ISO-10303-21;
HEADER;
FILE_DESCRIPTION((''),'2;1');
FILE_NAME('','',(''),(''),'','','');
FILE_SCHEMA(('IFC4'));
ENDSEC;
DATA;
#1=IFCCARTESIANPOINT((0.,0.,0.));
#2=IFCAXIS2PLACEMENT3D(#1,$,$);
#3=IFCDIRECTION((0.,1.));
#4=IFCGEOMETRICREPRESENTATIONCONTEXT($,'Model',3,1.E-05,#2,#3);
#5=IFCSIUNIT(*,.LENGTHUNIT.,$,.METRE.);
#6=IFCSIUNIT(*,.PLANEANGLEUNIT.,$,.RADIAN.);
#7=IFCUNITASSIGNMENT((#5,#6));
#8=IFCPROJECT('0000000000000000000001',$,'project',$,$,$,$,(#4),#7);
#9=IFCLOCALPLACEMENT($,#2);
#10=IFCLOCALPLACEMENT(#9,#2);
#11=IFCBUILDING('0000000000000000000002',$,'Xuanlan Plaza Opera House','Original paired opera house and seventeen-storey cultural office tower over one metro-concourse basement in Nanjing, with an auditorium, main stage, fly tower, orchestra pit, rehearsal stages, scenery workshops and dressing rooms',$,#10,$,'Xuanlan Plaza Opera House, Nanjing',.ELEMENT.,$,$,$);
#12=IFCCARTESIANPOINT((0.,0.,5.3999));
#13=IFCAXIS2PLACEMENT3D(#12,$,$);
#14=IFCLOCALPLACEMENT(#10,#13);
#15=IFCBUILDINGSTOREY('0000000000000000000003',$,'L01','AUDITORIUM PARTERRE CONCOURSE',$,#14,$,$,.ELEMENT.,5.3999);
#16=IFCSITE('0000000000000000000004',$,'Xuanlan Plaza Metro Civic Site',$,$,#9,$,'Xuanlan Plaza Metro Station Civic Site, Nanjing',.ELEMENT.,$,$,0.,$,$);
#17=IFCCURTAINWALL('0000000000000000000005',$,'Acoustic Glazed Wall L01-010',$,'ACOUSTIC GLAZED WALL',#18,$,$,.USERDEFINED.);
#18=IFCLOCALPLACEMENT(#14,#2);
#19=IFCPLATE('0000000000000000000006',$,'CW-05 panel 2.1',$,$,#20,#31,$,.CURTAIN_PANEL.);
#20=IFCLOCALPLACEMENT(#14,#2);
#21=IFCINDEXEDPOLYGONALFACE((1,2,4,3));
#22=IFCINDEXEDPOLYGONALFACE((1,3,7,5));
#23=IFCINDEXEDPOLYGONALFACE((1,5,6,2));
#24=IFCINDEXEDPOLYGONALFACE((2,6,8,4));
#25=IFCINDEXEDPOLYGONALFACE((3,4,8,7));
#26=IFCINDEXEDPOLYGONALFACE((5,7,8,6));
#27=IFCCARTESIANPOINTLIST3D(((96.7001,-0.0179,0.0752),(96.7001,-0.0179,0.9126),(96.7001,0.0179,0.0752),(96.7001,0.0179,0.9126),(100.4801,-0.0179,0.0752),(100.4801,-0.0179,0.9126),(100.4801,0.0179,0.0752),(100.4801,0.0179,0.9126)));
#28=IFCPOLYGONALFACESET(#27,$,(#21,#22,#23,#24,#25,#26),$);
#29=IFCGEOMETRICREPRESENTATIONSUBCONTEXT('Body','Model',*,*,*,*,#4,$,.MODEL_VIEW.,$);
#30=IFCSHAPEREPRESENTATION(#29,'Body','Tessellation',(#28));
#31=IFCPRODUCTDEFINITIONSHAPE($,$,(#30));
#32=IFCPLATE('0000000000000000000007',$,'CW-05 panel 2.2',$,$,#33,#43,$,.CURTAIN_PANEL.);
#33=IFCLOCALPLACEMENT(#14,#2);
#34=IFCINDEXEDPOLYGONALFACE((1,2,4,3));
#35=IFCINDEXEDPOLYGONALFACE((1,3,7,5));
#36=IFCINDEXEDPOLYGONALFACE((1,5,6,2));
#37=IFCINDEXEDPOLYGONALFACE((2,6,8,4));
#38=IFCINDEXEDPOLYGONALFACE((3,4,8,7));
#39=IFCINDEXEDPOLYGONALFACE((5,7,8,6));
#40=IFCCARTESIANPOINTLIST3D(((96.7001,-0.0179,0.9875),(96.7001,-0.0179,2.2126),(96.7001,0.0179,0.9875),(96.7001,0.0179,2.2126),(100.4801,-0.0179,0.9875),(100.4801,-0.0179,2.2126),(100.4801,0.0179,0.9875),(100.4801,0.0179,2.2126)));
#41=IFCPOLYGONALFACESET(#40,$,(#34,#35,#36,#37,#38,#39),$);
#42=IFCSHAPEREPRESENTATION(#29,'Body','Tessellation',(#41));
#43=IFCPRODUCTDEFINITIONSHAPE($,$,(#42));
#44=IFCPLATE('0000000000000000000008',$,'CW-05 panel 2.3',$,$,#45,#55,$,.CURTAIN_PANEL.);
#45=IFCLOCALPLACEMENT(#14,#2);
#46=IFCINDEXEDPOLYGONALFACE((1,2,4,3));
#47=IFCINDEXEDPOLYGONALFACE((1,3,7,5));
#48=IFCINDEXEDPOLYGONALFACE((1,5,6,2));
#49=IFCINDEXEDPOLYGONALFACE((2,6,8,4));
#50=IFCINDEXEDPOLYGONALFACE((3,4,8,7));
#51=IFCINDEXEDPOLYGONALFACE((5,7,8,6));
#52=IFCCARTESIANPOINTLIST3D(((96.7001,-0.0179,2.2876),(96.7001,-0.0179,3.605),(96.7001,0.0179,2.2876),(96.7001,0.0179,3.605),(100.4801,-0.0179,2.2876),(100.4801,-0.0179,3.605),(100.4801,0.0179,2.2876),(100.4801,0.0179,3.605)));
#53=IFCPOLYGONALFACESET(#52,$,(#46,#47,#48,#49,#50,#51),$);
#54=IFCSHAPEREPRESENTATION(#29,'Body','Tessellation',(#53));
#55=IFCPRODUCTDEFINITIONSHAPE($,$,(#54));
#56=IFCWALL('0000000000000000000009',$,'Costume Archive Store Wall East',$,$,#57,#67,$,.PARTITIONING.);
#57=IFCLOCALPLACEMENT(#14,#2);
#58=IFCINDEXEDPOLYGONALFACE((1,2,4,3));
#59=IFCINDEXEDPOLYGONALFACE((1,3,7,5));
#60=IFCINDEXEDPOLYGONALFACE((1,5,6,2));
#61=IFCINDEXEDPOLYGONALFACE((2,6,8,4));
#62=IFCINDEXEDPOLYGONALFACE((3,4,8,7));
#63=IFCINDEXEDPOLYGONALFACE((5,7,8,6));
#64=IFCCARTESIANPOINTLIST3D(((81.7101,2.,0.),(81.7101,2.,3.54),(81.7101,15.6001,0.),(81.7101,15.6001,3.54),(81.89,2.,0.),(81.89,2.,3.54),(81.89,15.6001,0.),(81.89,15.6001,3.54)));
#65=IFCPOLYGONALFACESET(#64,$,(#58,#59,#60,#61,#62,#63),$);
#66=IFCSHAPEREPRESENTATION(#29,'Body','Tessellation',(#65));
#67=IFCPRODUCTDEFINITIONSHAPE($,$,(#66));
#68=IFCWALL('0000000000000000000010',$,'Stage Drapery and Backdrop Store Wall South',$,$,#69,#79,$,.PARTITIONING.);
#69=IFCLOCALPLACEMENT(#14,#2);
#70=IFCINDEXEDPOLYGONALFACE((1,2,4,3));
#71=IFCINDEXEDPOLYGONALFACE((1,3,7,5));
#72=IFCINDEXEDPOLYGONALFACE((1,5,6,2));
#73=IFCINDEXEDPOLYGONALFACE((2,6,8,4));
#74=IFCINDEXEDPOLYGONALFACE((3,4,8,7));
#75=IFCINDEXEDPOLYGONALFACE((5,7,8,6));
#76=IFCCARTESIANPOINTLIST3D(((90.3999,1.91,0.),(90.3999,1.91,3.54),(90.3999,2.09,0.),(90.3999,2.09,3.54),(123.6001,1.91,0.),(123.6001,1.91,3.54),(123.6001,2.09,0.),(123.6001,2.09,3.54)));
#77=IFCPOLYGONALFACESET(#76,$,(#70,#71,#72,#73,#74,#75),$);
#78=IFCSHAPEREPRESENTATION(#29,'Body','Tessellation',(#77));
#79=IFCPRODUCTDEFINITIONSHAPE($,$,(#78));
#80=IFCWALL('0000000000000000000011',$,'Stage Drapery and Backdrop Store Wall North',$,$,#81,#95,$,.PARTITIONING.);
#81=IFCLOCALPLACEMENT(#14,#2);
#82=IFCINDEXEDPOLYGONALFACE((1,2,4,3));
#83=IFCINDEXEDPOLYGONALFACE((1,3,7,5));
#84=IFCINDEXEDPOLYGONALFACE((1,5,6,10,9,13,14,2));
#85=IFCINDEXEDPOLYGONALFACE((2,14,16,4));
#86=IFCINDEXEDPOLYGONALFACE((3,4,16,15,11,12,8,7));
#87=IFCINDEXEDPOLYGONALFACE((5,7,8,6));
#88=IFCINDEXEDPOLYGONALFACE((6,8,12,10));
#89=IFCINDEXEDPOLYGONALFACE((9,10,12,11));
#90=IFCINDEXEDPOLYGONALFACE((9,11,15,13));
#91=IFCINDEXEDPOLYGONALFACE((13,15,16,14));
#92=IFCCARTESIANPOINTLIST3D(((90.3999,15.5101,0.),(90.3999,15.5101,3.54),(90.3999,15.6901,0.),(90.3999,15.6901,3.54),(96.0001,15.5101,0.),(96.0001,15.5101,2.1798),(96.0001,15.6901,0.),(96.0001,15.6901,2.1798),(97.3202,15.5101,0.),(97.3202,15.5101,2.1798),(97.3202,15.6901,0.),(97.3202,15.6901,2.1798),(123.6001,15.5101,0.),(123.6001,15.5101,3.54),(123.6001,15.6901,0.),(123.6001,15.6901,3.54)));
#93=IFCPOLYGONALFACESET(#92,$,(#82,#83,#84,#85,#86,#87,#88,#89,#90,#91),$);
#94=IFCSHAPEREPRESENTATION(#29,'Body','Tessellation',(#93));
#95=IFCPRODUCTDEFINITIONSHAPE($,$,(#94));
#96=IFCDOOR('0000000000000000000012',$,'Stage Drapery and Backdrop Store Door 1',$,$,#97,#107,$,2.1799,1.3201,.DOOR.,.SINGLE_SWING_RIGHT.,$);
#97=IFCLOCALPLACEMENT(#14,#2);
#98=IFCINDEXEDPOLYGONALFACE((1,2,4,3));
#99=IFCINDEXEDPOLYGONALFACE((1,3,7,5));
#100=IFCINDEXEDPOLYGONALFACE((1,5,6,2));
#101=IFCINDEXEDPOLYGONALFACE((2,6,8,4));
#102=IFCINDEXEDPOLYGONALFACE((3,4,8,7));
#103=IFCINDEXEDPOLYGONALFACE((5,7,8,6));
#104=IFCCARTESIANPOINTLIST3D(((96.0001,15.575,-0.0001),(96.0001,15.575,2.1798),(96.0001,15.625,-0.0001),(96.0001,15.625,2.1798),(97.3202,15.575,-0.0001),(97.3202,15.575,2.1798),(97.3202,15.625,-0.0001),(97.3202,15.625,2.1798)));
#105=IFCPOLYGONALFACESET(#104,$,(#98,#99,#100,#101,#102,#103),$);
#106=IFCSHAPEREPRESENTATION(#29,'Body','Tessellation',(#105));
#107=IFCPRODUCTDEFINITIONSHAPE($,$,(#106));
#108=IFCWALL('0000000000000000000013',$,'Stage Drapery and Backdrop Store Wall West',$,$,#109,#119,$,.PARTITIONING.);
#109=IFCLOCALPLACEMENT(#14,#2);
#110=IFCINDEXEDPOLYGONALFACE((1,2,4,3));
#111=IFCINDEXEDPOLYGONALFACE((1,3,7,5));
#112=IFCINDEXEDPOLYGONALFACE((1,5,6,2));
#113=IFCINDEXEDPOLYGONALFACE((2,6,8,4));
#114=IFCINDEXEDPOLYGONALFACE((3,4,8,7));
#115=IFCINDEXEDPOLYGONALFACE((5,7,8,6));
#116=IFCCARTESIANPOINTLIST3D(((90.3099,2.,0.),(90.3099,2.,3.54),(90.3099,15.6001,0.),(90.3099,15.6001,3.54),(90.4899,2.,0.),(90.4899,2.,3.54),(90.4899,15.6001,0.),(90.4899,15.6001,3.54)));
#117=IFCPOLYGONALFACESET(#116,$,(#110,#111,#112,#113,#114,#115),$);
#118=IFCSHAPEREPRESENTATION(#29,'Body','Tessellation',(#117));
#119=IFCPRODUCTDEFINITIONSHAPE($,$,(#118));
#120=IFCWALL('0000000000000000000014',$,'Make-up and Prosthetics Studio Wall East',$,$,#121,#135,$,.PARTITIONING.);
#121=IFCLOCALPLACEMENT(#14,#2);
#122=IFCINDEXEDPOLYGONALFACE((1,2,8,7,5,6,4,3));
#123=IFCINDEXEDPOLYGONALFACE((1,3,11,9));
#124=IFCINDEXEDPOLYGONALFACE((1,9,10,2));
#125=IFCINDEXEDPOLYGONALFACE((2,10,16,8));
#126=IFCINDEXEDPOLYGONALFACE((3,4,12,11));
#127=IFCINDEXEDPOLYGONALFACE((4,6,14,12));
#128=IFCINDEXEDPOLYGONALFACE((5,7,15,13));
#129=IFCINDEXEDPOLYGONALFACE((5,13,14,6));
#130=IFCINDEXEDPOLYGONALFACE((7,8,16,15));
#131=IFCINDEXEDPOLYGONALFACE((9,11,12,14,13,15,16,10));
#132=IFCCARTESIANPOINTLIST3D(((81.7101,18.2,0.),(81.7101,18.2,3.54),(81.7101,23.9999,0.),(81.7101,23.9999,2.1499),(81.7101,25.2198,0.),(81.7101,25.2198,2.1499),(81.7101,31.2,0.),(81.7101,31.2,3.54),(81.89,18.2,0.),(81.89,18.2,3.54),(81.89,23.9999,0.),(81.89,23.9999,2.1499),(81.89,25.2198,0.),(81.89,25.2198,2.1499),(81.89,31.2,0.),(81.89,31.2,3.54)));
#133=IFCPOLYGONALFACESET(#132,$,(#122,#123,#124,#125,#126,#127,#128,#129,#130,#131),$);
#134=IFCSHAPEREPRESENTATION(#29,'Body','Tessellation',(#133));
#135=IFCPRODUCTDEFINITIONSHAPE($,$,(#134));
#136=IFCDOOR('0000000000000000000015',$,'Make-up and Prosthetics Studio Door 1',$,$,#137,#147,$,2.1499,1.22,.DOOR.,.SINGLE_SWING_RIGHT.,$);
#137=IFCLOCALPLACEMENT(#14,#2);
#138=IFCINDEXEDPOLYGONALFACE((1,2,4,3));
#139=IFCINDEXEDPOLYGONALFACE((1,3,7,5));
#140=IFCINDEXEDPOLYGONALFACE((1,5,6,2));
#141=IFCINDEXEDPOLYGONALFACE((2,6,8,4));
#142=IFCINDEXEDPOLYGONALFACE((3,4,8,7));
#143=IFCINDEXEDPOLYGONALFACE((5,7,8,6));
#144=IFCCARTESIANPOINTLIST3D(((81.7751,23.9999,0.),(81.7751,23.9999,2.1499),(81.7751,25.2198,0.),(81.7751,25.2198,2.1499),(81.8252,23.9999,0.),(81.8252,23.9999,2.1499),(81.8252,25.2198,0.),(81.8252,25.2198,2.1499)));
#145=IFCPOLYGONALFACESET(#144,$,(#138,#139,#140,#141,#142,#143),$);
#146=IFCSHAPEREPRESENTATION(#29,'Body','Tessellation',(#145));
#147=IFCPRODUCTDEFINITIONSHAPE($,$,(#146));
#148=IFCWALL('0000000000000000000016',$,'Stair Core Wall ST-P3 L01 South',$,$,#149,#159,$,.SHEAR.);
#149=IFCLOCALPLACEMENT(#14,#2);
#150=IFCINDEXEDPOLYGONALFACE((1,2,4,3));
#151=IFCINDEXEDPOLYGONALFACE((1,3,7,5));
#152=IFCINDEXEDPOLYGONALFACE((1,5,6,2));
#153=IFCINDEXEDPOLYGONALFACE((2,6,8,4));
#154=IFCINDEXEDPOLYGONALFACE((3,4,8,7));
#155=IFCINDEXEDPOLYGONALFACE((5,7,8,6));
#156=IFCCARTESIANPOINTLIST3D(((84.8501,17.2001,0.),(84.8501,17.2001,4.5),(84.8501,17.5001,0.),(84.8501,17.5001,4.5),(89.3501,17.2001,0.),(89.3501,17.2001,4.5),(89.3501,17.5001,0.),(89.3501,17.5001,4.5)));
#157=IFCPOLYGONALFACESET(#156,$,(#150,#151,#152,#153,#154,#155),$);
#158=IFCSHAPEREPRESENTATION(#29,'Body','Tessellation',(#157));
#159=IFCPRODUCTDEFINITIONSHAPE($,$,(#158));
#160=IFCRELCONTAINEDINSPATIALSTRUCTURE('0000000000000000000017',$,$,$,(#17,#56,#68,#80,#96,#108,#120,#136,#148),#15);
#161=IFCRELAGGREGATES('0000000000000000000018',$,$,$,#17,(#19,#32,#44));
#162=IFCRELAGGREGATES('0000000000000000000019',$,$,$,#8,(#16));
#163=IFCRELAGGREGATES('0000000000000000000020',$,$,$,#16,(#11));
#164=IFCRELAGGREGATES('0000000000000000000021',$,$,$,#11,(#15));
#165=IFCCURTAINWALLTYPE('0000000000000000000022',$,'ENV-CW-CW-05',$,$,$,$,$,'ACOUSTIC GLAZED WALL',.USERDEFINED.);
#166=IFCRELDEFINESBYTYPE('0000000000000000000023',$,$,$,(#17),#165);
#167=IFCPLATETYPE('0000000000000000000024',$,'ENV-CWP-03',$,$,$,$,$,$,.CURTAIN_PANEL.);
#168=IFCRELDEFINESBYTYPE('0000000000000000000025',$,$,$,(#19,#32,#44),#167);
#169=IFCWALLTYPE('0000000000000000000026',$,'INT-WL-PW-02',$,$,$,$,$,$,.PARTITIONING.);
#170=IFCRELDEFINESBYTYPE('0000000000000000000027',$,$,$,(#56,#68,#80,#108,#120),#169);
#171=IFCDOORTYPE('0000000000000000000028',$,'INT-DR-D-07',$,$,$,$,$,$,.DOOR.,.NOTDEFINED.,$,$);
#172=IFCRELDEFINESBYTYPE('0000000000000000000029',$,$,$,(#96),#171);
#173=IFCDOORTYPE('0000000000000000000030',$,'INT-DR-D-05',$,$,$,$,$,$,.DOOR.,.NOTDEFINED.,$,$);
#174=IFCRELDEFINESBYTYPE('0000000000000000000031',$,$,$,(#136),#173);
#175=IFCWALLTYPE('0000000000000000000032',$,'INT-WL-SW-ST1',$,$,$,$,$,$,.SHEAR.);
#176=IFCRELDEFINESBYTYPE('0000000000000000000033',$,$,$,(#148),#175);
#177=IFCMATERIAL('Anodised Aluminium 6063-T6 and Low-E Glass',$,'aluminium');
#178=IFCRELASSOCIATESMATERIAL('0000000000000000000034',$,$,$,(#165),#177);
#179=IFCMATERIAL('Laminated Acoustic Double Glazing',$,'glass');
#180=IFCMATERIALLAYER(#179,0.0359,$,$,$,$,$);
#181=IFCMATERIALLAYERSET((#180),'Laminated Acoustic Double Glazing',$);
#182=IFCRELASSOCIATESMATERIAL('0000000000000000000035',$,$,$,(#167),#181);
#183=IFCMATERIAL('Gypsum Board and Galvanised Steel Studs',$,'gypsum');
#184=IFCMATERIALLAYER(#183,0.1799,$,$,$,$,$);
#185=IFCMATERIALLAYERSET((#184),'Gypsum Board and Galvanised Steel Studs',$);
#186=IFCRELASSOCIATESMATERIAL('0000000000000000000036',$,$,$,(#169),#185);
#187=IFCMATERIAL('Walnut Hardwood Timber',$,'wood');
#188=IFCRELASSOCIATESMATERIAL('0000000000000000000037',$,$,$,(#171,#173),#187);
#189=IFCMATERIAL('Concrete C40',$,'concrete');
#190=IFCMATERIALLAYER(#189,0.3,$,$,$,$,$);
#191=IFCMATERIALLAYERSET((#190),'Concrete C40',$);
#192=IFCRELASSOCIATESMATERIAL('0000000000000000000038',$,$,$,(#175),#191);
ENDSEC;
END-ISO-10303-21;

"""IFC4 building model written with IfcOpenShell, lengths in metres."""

from ifc_helpers import new_model, si_unit, direction, frame, frame_2d, origin, origin_2d, place, context, subcontext, project, spatial, rectangle, extrude, material, layer, layer_set, type_object, element, fill, aggregate, save


model = new_model("IFC4")

# Units and contexts
model_context = context("Model", 3, precision=1e-05, world=origin(), true_north=direction((0.0, 1.0)))
body_context = subcontext(model_context, "Body", "Model", "MODEL_VIEW")
ifc_project = project(units=[si_unit("LENGTHUNIT", "METRE"), si_unit("PLANEANGLEUNIT", "RADIAN")], contexts=[model_context])

# Site, building, storey
site_placement = place(None, origin())
site = spatial("IfcSite", under=ifc_project, at=site_placement, Name="Xuanlan Plaza Metro Civic Site", LongName="Xuanlan Plaza Metro Station Civic Site, Nanjing", CompositionType="ELEMENT", RefElevation=0.0)
building_placement = place(site_placement, origin())
building = spatial("IfcBuilding", under=site, at=building_placement, Name="Xuanlan Plaza Opera House", Description="Original paired opera house and seventeen-storey cultural office tower over one metro-concourse basement in Nanjing, with an auditorium, main stage, fly tower, orchestra pit, rehearsal stages, scenery workshops and dressing rooms", LongName="Xuanlan Plaza Opera House, Nanjing", CompositionType="ELEMENT")
storey_placement = place(building_placement, frame((0.0, 0.0, 5.3999)))
storey = spatial("IfcBuildingStorey", under=building, at=storey_placement, Name="L01", Description="AUDITORIUM PARTERRE CONCOURSE", CompositionType="ELEMENT", Elevation=5.3999)

# Shared definitions
ifc_material_1 = material(Name="Concrete C40", Category="concrete")

# Curtain wall
ifc_material_2 = material(Name="Anodised Aluminium 6063-T6 and Low-E Glass", Category="aluminium")
curtain_wall_type = type_object("IfcCurtainWallType", Name="ENV-CW-CW-05", ElementType="ACOUSTIC GLAZED WALL", PredefinedType="USERDEFINED", material=ifc_material_2)
curtain_wall_placement = place(storey_placement, origin())
curtain_wall = element("IfcCurtainWall", 1, at=curtain_wall_placement, inside=storey, type_object=curtain_wall_type, Name="Acoustic Glazed Wall L01-010", ObjectType="ACOUSTIC GLAZED WALL", PredefinedType="USERDEFINED")

# Plates
ifc_material_3 = material(Name="Laminated Acoustic Double Glazing", Category="glass")
ifc_layer_1 = layer(ifc_material_3, 0.0359)
ifc_layer_set_1 = layer_set([ifc_layer_1], Name="Laminated Acoustic Double Glazing")
plate_type = type_object("IfcPlateType", Name="ENV-CWP-03", PredefinedType="CURTAIN_PANEL", material=ifc_layer_set_1)
plate_1_placement = place(storey_placement, frame((98.5901, 0.0, 0.0752), z_axis=(0.0, 0.0, 1.0), x_axis=(1.0, 0.0, 0.0)))
plate_1 = element("IfcPlate", 2, at=plate_1_placement, type_object=plate_type, Name="CW-05 panel 2.1", PredefinedType="CURTAIN_PANEL", context=body_context, shape_type="SweptSolid", body=[
    extrude(rectangle(XDim=3.78, YDim=0.0359, at=origin_2d()), origin(), (0.0, 0.0, 1.0), 0.8374),
])
plate_2_placement = place(storey_placement, frame((98.5901, 0.0, 0.9875), z_axis=(0.0, 0.0, 1.0), x_axis=(1.0, 0.0, 0.0)))
plate_2 = element("IfcPlate", 3, at=plate_2_placement, type_object=plate_type, Name="CW-05 panel 2.2", PredefinedType="CURTAIN_PANEL", context=body_context, shape_type="SweptSolid", body=[
    extrude(rectangle(XDim=3.78, YDim=0.0359, at=origin_2d()), origin(), (0.0, 0.0, 1.0), 1.2251),
])
plate_3_placement = place(storey_placement, frame((98.5901, 0.0, 2.2876), z_axis=(0.0, 0.0, 1.0), x_axis=(1.0, 0.0, 0.0)))
plate_3 = element("IfcPlate", 4, at=plate_3_placement, type_object=plate_type, Name="CW-05 panel 2.3", PredefinedType="CURTAIN_PANEL", context=body_context, shape_type="SweptSolid", body=[
    extrude(rectangle(XDim=3.78, YDim=0.0359, at=origin_2d()), origin(), (0.0, 0.0, 1.0), 1.3174),
])
aggregate(curtain_wall, [plate_1, plate_2, plate_3])

# Walls
ifc_material_4 = material(Name="Gypsum Board and Galvanised Steel Studs", Category="gypsum")
ifc_layer_2 = layer(ifc_material_4, 0.1799)
ifc_layer_set_2 = layer_set([ifc_layer_2], Name="Gypsum Board and Galvanised Steel Studs")
wall_type_1 = type_object("IfcWallType", Name="INT-WL-PW-02", PredefinedType="PARTITIONING", material=ifc_layer_set_2)
wall_1_placement = place(storey_placement, frame((81.8, 2.0, 0.0), z_axis=(0.0, 0.0, 1.0), x_axis=(0.0, 1.0, 0.0)))
element("IfcWall", 5, at=wall_1_placement, inside=storey, type_object=wall_type_1, Name="Costume Archive Store Wall East", PredefinedType="PARTITIONING", context=body_context, shape_type="SweptSolid", body=[
    extrude(rectangle(XDim=13.6001, YDim=0.1799, at=frame_2d((6.8, 0.0))), origin(), (0.0, 0.0, 1.0), 3.54),
])
wall_2_placement = place(storey_placement, frame((90.3999, 2.0, 0.0), z_axis=(0.0, 0.0, 1.0), x_axis=(1.0, 0.0, 0.0)))
element("IfcWall", 6, at=wall_2_placement, inside=storey, type_object=wall_type_1, Name="Stage Drapery and Backdrop Store Wall South", PredefinedType="PARTITIONING", context=body_context, shape_type="SweptSolid", body=[
    extrude(rectangle(XDim=33.2002, YDim=0.1799, at=frame_2d((16.6001, 0.0))), origin(), (0.0, 0.0, 1.0), 3.54),
])

# Wall, opening, door
wall_3_placement = place(storey_placement, frame((90.3999, 15.6001, 0.0), z_axis=(0.0, 0.0, 1.0), x_axis=(1.0, 0.0, 0.0)))
wall_3 = element("IfcWall", 7, at=wall_3_placement, inside=storey, type_object=wall_type_1, Name="Stage Drapery and Backdrop Store Wall North", PredefinedType="PARTITIONING", context=body_context, shape_type="SweptSolid", body=[
    extrude(rectangle(XDim=33.2002, YDim=0.1799, at=frame_2d((16.6001, 0.0))), origin(), (0.0, 0.0, 1.0), 3.54),
])
opening_1_placement = place(wall_3_placement, frame((5.6001, 0.0, 0.0)))
opening_1 = element("IfcOpeningElement", 8, at=opening_1_placement, cuts=wall_3, PredefinedType="OPENING", context=body_context, shape_type="SweptSolid", body=[
    extrude(rectangle(XDim=1.3201, YDim=2.1799, at=frame_2d((0.6602, 1.0898))), frame((0.0, 0.0999, 0.0), z_axis=(0.0, -1.0, 0.0), x_axis=(1.0, 0.0, 0.0)), (0.0, 0.0, 1.0), 0.2),
])
ifc_material_5 = material(Name="Walnut Hardwood Timber", Category="wood")
door_type_1 = type_object("IfcDoorType", Name="INT-DR-D-07", OperationType="NOTDEFINED", PredefinedType="DOOR", material=ifc_material_5)
door_1_placement = place(opening_1_placement, origin())
door_1 = element("IfcDoor", 9, at=door_1_placement, inside=storey, type_object=door_type_1, Name="Stage Drapery and Backdrop Store Door 1", OperationType="SINGLE_SWING_RIGHT", OverallHeight=2.1799, OverallWidth=1.3201, PredefinedType="DOOR", context=body_context, shape_type="SweptSolid", body=[
    extrude(rectangle(XDim=1.3201, YDim=2.1799, at=frame_2d((0.6602, 1.0898))), frame((0.0, 0.0249, 0.0), z_axis=(0.0, -1.0, 0.0), x_axis=(1.0, 0.0, 0.0)), (0.0, 0.0, 1.0), 0.05),
])
fill(opening_1, door_1)

# Wall
wall_4_placement = place(storey_placement, frame((90.3999, 2.0, 0.0), z_axis=(0.0, 0.0, 1.0), x_axis=(0.0, 1.0, 0.0)))
element("IfcWall", 10, at=wall_4_placement, inside=storey, type_object=wall_type_1, Name="Stage Drapery and Backdrop Store Wall West", PredefinedType="PARTITIONING", context=body_context, shape_type="SweptSolid", body=[
    extrude(rectangle(XDim=13.6001, YDim=0.1799, at=frame_2d((6.8, 0.0))), origin(), (0.0, 0.0, 1.0), 3.54),
])

# Wall, opening, door
wall_5_placement = place(storey_placement, frame((81.8, 18.2, 0.0), z_axis=(0.0, 0.0, 1.0), x_axis=(0.0, 1.0, 0.0)))
wall_5 = element("IfcWall", 11, at=wall_5_placement, inside=storey, type_object=wall_type_1, Name="Make-up and Prosthetics Studio Wall East", PredefinedType="PARTITIONING", context=body_context, shape_type="SweptSolid", body=[
    extrude(rectangle(XDim=13.0, YDim=0.1799, at=frame_2d((6.5, 0.0))), origin(), (0.0, 0.0, 1.0), 3.54),
])
opening_2_placement = place(wall_5_placement, frame((5.8, 0.0, 0.0)))
opening_2 = element("IfcOpeningElement", 12, at=opening_2_placement, cuts=wall_5, PredefinedType="OPENING", context=body_context, shape_type="SweptSolid", body=[
    extrude(rectangle(XDim=1.22, YDim=2.1499, at=frame_2d((0.6099, 1.075))), frame((0.0, 0.0999, 0.0), z_axis=(0.0, -1.0, 0.0), x_axis=(1.0, 0.0, 0.0)), (0.0, 0.0, 1.0), 0.2),
])
door_type_2 = type_object("IfcDoorType", Name="INT-DR-D-05", OperationType="NOTDEFINED", PredefinedType="DOOR", material=ifc_material_5)
door_2_placement = place(opening_2_placement, origin())
door_2 = element("IfcDoor", 13, at=door_2_placement, inside=storey, type_object=door_type_2, Name="Make-up and Prosthetics Studio Door 1", OperationType="SINGLE_SWING_RIGHT", OverallHeight=2.1499, OverallWidth=1.22, PredefinedType="DOOR", context=body_context, shape_type="SweptSolid", body=[
    extrude(rectangle(XDim=1.22, YDim=2.1499, at=frame_2d((0.6099, 1.075))), frame((0.0, 0.0249, 0.0), z_axis=(0.0, -1.0, 0.0), x_axis=(1.0, 0.0, 0.0)), (0.0, 0.0, 1.0), 0.05),
])
fill(opening_2, door_2)

# Wall
ifc_layer_3 = layer(ifc_material_1, 0.3)
ifc_layer_set_3 = layer_set([ifc_layer_3], Name="Concrete C40")
wall_type_2 = type_object("IfcWallType", Name="INT-WL-SW-ST1", PredefinedType="SHEAR", material=ifc_layer_set_3)
wall_6_placement = place(storey_placement, frame((84.8501, 17.3501, 0.0), z_axis=(0.0, 0.0, 1.0), x_axis=(1.0, 0.0, 0.0)))
element("IfcWall", 14, at=wall_6_placement, inside=storey, type_object=wall_type_2, Name="Stair Core Wall ST-P3 L01 South", PredefinedType="SHEAR", context=body_context, shape_type="SweptSolid", body=[
    extrude(rectangle(XDim=4.5, YDim=0.3, at=frame_2d((2.25, 0.0))), origin(), (0.0, 0.0, 1.0), 4.5),
])

save(model, "model.ifc")
